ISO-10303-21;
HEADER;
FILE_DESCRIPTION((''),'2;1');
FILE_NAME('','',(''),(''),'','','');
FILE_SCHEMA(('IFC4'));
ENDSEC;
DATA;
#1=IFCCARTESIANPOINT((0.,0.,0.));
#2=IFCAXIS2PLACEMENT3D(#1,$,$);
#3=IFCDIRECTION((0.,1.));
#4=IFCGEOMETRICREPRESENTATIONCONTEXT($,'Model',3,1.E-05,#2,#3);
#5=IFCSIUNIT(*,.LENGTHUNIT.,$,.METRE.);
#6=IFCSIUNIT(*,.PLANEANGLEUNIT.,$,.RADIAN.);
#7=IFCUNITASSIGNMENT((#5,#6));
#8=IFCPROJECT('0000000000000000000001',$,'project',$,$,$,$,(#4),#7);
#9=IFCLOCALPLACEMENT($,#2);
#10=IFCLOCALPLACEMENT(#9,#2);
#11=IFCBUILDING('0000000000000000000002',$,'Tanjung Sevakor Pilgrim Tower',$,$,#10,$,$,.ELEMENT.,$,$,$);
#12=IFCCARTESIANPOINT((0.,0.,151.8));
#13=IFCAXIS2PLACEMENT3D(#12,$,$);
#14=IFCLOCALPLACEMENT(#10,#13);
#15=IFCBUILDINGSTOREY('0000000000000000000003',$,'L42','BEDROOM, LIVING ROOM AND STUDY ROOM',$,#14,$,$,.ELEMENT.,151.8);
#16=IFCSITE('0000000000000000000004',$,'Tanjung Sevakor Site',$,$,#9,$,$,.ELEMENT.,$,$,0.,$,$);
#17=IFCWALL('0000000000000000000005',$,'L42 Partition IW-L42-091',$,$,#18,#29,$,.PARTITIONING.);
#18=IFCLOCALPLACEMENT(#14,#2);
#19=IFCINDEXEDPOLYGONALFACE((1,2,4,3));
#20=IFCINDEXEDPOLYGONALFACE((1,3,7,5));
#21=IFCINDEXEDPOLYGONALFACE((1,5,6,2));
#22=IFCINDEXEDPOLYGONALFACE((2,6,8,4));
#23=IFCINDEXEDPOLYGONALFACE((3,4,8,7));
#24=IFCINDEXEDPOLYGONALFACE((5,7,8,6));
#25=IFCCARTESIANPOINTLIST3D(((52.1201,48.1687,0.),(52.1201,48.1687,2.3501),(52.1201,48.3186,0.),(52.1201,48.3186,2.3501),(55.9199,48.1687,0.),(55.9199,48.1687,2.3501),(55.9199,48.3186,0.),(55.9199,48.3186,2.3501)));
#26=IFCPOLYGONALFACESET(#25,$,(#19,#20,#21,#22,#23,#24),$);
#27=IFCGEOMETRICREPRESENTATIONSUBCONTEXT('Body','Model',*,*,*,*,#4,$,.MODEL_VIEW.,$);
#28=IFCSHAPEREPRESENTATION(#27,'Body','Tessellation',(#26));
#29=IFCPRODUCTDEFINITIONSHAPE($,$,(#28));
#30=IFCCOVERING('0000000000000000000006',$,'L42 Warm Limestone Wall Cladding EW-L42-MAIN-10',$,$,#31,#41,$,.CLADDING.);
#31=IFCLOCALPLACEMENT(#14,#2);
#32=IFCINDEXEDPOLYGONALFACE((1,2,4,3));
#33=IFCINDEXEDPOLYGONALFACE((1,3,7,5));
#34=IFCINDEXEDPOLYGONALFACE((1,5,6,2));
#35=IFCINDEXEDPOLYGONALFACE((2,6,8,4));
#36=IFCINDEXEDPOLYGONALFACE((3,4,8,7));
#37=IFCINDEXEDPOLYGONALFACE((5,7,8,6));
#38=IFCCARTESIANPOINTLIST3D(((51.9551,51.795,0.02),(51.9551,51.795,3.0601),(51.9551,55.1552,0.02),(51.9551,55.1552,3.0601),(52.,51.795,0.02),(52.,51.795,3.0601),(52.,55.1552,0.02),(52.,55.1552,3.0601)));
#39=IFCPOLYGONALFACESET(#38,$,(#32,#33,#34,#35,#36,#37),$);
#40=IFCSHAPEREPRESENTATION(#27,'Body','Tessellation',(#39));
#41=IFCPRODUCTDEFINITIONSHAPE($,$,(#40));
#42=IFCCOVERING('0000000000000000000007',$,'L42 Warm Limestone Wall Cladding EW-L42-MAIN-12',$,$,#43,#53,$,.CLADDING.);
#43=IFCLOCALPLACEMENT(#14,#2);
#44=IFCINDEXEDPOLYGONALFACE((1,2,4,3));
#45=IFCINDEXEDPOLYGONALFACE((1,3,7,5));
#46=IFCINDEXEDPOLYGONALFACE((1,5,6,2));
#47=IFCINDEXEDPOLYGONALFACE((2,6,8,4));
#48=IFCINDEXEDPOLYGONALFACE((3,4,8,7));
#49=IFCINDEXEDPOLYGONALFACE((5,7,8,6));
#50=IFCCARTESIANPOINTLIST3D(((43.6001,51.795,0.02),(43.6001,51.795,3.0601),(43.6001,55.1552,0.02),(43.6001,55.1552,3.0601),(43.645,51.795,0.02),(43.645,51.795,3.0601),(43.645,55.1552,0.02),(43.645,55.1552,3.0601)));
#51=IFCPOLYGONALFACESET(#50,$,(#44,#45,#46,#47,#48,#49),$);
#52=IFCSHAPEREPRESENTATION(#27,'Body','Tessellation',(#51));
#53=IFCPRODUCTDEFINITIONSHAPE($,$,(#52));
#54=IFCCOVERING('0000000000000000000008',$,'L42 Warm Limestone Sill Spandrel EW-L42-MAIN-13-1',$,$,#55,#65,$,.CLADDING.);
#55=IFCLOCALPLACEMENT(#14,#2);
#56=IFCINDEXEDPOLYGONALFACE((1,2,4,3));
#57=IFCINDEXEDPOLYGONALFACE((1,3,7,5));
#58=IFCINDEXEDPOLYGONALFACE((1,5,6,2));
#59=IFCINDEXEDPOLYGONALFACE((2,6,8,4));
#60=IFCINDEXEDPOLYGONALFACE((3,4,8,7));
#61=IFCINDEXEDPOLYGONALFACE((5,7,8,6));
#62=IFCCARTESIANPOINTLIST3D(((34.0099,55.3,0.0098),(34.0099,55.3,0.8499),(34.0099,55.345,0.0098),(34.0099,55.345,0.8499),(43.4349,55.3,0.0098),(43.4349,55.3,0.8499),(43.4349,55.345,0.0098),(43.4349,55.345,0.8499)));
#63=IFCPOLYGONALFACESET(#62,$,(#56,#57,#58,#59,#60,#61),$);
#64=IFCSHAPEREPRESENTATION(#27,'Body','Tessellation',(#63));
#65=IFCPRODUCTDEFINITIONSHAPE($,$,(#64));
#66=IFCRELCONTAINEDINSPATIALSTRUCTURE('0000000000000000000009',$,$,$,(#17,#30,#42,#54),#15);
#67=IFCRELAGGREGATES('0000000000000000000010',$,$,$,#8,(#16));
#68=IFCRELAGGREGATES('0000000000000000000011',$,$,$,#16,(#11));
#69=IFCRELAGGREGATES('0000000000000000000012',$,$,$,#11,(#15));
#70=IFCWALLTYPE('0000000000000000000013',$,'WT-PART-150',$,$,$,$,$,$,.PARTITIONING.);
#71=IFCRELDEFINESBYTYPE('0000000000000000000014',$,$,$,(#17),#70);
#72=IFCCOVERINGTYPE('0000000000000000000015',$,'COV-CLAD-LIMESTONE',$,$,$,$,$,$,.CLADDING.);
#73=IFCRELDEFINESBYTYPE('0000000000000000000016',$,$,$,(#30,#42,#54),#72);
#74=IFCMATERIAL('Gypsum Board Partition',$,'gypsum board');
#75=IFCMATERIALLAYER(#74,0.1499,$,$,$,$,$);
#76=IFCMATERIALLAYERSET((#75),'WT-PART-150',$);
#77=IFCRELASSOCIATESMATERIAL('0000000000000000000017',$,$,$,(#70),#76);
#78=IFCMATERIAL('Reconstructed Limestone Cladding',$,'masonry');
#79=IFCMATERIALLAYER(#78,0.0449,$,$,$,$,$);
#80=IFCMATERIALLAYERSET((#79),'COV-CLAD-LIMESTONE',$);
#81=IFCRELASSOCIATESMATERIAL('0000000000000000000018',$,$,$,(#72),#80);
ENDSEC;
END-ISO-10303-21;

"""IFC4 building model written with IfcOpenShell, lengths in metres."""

from ifc_helpers import new_model, si_unit, direction, frame, frame_2d, origin, origin_2d, place, context, subcontext, project, spatial, rectangle, extrude, material, layer, layer_set, type_object, element, save


model = new_model("IFC4")

# Units and contexts
model_context = context("Model", 3, precision=1e-05, world=origin(), true_north=direction((0.0, 1.0)))
body_context = subcontext(model_context, "Body", "Model", "MODEL_VIEW")
ifc_project = project(units=[si_unit("LENGTHUNIT", "METRE"), si_unit("PLANEANGLEUNIT", "RADIAN")], contexts=[model_context])

# Site, building, storey
site_placement = place(None, origin())
site = spatial("IfcSite", under=ifc_project, at=site_placement, Name="Tanjung Sevakor Site", CompositionType="ELEMENT", RefElevation=0.0)
building_placement = place(site_placement, origin())
building = spatial("IfcBuilding", under=site, at=building_placement, Name="Tanjung Sevakor Pilgrim Tower", CompositionType="ELEMENT")
storey_placement = place(building_placement, frame((0.0, 0.0, 151.8)))
storey = spatial("IfcBuildingStorey", under=building, at=storey_placement, Name="L42", Description="BEDROOM, LIVING ROOM AND STUDY ROOM", CompositionType="ELEMENT", Elevation=151.8)

# Shared definitions
ifc_material_1 = material(Name="Gypsum Board Partition", Category="gypsum board")
ifc_layer_1 = layer(ifc_material_1, 0.1499)
ifc_layer_set_1 = layer_set([ifc_layer_1], Name="WT-PART-150")
wall_type_1 = type_object("IfcWallType", Name="WT-PART-150", PredefinedType="PARTITIONING", material=ifc_layer_set_1)

# Wall
wall_1_placement = place(storey_placement, frame((52.1201, 48.2437, 0.0), z_axis=(0.0, 0.0, 1.0), x_axis=(1.0, 0.0, 0.0)))
element("IfcWall", 1, at=wall_1_placement, inside=storey, type_object=wall_type_1, Name="L42 Partition IW-L42-091", PredefinedType="PARTITIONING", context=body_context, shape_type="SweptSolid", body=[
    extrude(rectangle(XDim=3.7998, YDim=0.1499, at=frame_2d((1.8999, 0.0))), origin(), (0.0, 0.0, 1.0), 2.3501),
])

# Coverings
ifc_material_2 = material(Name="Reconstructed Limestone Cladding", Category="masonry")
ifc_layer_2 = layer(ifc_material_2, 0.0449)
ifc_layer_set_2 = layer_set([ifc_layer_2], Name="COV-CLAD-LIMESTONE")
covering_type = type_object("IfcCoveringType", Name="COV-CLAD-LIMESTONE", PredefinedType="CLADDING", material=ifc_layer_set_2)
for number, where, z_axis, x_axis, name in (
    (2, (51.9775, 53.4751, 0.02), (0.0, 0.0, 1.0), (0.0, -1.0, 0.0), "L42 Warm Limestone Wall Cladding EW-L42-MAIN-10"),
    (3, (43.6226, 53.4751, 0.02), (0.0, 0.0, 1.0), (0.0, 1.0, 0.0), "L42 Warm Limestone Wall Cladding EW-L42-MAIN-12"),
):
    element("IfcCovering", number, at=place(storey_placement, frame(where, z_axis=z_axis, x_axis=x_axis)), inside=storey, type_object=covering_type, Name=name, PredefinedType="CLADDING", context=body_context, shape_type="SweptSolid", body=[
        extrude(rectangle(XDim=3.3601, YDim=0.0449, at=origin_2d()), origin(), (0.0, 0.0, 1.0), 3.04),
    ])
covering_placement = place(storey_placement, frame((38.7224, 55.3225, 0.0098), z_axis=(0.0, 0.0, 1.0), x_axis=(-1.0, 0.0, 0.0)))
element("IfcCovering", 4, at=covering_placement, inside=storey, type_object=covering_type, Name="L42 Warm Limestone Sill Spandrel EW-L42-MAIN-13-1", PredefinedType="CLADDING", context=body_context, shape_type="SweptSolid", body=[
    extrude(rectangle(XDim=9.425, YDim=0.0449, at=origin_2d()), origin(), (0.0, 0.0, 1.0), 0.8401),
])

save(model, "model.ifc")
